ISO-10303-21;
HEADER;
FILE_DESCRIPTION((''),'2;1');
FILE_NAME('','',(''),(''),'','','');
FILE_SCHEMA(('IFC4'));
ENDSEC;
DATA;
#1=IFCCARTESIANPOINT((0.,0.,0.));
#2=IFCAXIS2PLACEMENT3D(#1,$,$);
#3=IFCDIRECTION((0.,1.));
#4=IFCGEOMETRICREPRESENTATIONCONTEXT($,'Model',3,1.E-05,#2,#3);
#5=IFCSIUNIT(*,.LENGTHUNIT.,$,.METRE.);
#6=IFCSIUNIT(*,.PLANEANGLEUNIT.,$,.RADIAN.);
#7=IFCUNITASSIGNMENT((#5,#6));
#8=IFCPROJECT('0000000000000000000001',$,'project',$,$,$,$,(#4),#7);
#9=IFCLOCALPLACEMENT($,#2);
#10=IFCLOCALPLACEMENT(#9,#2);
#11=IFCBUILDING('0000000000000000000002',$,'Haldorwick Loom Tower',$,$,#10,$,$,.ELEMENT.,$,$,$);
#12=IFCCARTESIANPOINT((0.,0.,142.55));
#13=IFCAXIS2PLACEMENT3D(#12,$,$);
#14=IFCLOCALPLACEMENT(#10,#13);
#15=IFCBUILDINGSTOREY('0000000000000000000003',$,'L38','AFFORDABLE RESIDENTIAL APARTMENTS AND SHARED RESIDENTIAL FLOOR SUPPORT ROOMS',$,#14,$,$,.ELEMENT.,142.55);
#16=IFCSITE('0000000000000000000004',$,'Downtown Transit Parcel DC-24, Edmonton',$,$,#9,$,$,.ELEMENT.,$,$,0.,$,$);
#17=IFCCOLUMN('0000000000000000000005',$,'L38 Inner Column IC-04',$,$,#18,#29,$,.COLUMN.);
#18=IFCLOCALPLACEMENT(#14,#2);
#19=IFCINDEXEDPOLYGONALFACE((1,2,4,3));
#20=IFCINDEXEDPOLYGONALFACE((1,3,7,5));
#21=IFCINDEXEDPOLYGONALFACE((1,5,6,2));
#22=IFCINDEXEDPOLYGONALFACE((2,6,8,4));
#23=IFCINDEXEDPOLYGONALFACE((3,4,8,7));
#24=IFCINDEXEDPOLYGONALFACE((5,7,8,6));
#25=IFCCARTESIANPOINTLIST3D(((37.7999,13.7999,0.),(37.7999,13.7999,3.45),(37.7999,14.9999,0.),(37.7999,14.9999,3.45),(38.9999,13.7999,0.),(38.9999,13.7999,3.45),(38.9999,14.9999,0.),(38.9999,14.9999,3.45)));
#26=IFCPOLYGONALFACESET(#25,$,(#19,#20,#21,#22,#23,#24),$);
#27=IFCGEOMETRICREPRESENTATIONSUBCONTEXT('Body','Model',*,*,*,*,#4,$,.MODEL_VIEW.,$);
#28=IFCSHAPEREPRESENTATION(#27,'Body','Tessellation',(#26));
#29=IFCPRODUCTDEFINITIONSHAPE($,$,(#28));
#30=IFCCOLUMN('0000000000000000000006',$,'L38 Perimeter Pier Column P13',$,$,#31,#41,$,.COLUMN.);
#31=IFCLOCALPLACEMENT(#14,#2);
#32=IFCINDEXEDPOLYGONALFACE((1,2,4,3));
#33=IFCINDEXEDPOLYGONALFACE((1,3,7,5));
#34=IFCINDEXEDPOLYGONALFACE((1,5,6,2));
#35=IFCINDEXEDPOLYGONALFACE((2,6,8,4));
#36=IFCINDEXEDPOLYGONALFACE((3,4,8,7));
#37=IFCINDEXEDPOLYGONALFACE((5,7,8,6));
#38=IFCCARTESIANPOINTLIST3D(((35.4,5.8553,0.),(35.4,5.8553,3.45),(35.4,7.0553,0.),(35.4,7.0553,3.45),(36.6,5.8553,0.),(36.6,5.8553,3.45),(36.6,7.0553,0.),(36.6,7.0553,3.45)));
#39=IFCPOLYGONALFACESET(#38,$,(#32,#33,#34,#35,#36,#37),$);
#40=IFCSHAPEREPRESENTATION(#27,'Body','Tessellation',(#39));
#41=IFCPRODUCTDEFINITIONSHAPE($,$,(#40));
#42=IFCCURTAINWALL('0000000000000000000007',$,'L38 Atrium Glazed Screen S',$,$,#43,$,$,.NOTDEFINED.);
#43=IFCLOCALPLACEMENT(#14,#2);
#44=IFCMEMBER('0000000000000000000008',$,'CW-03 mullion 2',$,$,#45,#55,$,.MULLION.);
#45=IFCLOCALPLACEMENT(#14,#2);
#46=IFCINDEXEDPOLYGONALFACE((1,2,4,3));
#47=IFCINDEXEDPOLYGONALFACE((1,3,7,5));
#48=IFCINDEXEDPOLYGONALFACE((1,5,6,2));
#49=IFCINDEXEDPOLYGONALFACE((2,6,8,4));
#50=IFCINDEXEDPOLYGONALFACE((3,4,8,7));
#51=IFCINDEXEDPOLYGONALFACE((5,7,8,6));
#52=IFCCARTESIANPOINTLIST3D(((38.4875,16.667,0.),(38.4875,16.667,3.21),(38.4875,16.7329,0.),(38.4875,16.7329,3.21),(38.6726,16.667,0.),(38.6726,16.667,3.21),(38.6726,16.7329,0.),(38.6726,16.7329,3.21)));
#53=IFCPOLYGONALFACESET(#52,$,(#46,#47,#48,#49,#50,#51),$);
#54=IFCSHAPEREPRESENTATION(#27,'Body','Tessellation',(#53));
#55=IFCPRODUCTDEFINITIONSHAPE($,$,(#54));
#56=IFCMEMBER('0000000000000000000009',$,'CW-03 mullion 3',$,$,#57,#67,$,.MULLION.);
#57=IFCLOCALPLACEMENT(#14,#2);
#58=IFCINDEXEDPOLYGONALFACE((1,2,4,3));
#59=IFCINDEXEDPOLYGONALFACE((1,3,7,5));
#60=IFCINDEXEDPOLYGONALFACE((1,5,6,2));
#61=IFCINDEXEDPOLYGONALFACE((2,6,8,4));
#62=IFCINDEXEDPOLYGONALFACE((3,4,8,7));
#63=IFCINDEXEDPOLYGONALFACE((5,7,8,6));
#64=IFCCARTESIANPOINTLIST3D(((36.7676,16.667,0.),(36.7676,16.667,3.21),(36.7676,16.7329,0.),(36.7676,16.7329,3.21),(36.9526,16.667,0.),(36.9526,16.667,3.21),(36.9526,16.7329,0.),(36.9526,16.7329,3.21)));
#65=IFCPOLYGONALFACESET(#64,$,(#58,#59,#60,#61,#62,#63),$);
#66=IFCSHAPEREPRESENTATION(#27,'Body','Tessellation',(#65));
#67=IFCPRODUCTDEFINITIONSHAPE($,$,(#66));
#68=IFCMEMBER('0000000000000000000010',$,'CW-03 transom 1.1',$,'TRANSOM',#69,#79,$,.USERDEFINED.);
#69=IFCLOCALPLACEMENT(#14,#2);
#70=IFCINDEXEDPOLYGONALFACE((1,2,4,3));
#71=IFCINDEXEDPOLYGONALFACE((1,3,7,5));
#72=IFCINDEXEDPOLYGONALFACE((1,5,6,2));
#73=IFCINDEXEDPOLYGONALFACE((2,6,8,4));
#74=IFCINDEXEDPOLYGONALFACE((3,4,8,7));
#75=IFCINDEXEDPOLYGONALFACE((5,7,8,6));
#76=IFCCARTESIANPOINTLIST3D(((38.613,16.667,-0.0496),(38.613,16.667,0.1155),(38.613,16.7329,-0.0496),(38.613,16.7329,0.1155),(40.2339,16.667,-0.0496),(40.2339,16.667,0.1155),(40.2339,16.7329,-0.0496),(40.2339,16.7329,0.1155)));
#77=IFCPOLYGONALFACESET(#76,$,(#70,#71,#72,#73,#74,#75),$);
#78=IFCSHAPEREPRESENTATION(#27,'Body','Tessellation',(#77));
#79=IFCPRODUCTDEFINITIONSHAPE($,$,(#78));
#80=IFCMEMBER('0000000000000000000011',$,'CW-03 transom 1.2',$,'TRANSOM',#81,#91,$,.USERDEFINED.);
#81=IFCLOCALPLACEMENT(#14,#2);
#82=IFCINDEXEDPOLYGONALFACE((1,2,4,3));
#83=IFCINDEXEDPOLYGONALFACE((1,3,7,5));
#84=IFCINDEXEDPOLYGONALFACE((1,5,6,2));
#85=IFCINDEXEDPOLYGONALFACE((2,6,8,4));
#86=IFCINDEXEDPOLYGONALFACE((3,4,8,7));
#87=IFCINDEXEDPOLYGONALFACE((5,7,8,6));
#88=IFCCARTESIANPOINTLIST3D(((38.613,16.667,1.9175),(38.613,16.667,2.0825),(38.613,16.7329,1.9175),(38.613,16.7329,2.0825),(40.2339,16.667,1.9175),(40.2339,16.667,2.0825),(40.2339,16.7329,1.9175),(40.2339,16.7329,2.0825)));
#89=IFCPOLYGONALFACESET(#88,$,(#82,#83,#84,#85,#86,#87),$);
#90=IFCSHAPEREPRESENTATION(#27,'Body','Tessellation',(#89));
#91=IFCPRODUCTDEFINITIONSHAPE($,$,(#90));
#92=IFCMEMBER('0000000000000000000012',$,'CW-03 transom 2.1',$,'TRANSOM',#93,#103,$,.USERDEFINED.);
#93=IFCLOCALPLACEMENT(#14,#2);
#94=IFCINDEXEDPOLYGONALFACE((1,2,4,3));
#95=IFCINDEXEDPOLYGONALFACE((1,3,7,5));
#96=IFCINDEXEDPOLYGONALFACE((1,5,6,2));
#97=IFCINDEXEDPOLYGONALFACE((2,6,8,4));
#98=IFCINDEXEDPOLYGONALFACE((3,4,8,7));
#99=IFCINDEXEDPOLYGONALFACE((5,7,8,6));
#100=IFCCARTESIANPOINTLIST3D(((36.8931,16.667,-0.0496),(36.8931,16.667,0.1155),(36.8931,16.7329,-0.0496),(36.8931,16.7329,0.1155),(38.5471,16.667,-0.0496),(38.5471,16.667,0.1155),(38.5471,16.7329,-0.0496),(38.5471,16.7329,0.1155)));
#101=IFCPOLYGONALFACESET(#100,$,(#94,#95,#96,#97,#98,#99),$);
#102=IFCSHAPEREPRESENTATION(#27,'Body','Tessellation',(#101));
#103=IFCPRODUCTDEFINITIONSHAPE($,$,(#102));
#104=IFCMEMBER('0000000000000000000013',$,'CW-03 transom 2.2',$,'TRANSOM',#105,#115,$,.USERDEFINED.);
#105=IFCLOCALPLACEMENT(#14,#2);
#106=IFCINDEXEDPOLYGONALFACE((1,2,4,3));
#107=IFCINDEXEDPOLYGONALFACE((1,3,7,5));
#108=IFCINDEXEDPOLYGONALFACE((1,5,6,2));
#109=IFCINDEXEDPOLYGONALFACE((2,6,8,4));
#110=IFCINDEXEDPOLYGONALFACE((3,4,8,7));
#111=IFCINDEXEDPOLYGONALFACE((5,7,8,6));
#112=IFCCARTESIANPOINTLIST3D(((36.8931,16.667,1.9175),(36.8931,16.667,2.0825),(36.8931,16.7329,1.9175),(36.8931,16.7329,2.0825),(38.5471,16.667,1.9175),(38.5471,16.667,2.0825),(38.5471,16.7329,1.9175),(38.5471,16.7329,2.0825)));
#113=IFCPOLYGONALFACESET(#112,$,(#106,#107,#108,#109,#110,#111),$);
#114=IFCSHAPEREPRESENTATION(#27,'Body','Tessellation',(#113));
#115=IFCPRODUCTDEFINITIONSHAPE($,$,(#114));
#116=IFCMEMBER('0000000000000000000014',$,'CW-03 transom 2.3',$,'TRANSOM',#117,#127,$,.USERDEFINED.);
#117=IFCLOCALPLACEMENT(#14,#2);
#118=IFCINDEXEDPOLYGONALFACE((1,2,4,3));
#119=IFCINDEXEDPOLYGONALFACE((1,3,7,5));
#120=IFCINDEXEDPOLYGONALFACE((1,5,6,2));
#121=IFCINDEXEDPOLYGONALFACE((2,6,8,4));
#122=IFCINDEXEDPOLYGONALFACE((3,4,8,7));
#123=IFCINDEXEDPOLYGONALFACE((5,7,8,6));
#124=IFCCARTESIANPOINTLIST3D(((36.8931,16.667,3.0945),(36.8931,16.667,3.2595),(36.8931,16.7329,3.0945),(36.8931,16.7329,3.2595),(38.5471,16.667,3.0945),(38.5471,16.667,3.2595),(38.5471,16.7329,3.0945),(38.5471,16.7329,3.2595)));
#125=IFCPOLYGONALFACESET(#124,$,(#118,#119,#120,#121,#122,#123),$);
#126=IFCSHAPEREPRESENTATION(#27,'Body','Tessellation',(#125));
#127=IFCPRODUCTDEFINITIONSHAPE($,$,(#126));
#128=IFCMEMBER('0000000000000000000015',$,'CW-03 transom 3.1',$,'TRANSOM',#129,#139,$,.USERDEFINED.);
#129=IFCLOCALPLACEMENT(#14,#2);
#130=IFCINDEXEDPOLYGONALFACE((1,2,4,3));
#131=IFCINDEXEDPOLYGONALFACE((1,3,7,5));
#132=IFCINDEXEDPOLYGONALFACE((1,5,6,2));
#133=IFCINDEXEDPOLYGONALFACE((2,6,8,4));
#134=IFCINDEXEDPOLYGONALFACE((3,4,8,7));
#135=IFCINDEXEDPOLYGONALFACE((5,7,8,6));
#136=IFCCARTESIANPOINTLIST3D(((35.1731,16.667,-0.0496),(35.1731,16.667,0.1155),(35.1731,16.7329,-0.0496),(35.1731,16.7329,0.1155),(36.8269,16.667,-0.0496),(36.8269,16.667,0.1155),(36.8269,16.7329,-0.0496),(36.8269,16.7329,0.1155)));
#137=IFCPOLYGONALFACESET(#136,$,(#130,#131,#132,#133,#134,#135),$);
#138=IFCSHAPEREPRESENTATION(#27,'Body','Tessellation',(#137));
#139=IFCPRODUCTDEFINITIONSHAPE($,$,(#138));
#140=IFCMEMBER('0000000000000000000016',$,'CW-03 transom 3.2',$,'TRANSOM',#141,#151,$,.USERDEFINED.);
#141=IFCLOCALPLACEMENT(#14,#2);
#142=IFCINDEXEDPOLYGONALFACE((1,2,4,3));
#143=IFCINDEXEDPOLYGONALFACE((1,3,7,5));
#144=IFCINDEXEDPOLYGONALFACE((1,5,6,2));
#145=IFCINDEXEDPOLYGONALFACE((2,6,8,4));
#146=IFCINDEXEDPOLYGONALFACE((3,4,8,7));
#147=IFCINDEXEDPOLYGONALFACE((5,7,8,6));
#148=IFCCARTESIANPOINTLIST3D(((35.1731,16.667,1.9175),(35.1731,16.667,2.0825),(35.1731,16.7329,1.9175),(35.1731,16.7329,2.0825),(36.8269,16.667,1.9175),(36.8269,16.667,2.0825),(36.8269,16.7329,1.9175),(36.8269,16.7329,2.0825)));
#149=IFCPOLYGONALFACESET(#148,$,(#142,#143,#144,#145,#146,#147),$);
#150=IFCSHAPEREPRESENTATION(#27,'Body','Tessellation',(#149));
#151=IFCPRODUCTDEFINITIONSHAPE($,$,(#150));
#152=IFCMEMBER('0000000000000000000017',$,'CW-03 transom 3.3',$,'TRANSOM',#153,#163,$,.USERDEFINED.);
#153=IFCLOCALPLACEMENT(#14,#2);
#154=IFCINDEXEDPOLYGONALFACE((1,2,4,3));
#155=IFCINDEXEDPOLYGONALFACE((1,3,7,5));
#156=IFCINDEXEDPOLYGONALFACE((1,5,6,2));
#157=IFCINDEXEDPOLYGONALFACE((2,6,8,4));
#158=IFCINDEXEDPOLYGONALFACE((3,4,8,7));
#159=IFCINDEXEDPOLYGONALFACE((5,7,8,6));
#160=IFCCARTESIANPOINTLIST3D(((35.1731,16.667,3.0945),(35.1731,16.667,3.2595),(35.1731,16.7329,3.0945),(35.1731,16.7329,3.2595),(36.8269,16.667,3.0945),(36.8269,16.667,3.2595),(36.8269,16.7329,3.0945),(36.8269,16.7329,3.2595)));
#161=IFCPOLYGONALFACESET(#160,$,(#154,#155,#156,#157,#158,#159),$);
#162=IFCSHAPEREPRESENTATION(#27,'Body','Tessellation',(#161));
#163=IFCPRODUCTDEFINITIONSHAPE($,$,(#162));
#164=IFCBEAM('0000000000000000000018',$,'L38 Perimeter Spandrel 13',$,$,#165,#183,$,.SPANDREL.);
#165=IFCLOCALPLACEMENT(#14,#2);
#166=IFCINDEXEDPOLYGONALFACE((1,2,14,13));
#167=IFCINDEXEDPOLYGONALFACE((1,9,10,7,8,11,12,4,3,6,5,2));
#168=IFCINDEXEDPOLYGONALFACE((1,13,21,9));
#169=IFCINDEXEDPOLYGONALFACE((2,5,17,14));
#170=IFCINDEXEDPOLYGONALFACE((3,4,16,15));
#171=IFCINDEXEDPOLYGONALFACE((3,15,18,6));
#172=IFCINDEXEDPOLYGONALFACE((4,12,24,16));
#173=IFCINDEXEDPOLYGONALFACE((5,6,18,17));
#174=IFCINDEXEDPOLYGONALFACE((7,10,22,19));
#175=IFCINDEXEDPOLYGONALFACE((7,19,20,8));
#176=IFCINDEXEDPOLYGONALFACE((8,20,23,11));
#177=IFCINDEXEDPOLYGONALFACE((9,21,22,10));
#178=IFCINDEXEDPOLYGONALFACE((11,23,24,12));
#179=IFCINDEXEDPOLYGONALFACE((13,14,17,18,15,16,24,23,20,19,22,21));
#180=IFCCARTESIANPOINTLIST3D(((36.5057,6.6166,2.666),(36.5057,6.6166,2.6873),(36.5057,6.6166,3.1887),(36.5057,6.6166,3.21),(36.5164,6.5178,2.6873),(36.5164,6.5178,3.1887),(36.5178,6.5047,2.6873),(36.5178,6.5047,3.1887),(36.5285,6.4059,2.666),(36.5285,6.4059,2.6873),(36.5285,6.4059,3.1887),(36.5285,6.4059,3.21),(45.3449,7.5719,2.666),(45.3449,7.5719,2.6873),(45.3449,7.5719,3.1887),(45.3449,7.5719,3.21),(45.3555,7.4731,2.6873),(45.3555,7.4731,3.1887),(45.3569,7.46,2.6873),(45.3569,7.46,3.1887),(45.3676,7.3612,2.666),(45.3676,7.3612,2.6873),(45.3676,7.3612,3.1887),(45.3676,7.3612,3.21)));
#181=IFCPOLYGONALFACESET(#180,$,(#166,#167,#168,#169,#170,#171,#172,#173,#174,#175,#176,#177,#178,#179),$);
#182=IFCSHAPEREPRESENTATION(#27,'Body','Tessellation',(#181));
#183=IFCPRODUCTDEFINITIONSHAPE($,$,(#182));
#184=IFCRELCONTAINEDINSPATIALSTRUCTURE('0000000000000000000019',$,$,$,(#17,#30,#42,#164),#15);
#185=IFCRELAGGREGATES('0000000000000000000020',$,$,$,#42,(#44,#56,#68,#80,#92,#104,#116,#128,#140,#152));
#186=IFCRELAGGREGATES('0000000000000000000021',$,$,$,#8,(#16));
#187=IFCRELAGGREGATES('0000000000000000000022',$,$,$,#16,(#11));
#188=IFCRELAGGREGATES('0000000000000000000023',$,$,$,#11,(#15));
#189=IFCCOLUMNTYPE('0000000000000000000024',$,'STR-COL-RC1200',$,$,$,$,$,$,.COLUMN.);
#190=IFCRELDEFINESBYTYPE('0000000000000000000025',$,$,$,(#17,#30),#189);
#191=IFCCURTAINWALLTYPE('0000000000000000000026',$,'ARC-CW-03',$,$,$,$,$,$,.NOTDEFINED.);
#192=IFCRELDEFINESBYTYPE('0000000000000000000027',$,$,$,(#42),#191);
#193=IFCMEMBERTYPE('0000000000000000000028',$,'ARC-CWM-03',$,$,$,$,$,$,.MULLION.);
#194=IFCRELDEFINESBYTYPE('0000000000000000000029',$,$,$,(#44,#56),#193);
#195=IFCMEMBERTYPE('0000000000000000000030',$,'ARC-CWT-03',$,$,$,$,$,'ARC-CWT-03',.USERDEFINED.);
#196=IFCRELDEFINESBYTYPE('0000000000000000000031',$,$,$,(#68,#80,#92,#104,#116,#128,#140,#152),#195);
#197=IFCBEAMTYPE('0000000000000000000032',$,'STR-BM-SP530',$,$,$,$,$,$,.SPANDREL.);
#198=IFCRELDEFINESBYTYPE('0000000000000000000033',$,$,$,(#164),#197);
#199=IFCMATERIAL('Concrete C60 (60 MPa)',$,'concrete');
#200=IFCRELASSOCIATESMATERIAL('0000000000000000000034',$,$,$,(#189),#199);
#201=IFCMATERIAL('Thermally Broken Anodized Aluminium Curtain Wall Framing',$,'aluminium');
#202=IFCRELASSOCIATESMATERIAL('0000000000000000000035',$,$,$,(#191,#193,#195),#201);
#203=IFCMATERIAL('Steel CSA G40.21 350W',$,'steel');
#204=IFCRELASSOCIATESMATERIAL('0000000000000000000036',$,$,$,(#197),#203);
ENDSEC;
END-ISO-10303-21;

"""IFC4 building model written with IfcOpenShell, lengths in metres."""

from ifc_helpers import new_model, si_unit, direction, frame, origin, origin_2d, place, context, subcontext, project, spatial, rectangle, i_section, extrude, material, material_profile, profile_set, type_object, element, aggregate, save


model = new_model("IFC4")

# Units and contexts
model_context = context("Model", 3, precision=1e-05, world=origin(), true_north=direction((0.0, 1.0)))
body_context = subcontext(model_context, "Body", "Model", "MODEL_VIEW")
ifc_project = project(units=[si_unit("LENGTHUNIT", "METRE"), si_unit("PLANEANGLEUNIT", "RADIAN")], contexts=[model_context])

# Site, building, storey
site_placement = place(None, origin())
site = spatial("IfcSite", under=ifc_project, at=site_placement, Name="Downtown Transit Parcel DC-24, Edmonton", CompositionType="ELEMENT", RefElevation=0.0)
building_placement = place(site_placement, origin())
building = spatial("IfcBuilding", under=site, at=building_placement, Name="Haldorwick Loom Tower", CompositionType="ELEMENT")
storey_placement = place(building_placement, frame((0.0, 0.0, 142.55)))
storey = spatial("IfcBuildingStorey", under=building, at=storey_placement, Name="L38", Description="AFFORDABLE RESIDENTIAL APARTMENTS AND SHARED RESIDENTIAL FLOOR SUPPORT ROOMS", CompositionType="ELEMENT", Elevation=142.55)

# Columns
ifc_material_1 = material(Name="Concrete C60 (60 MPa)", Category="concrete")
ifc_material_profile_1 = material_profile(ifc_material_1, rectangle(XDim=1.2, YDim=1.2, at=origin_2d()), Name="RC1200X1200", Category="concrete")
ifc_profile_set_1 = profile_set([ifc_material_profile_1], Name="Concrete C60 (60 MPa)")
column_type = type_object("IfcColumnType", Name="STR-COL-RC1200", PredefinedType="COLUMN", material=ifc_profile_set_1)
for number, where, z_axis, x_axis, name in (
    (1, (38.3999, 14.3999, 0.0), (0.0, 0.0, 1.0), (1.0, 0.0, 0.0), "L38 Inner Column IC-04"),
    (2, (36.0, 6.4553, 0.0), (0.0, 0.0, 1.0), (0.0, -1.0, 0.0), "L38 Perimeter Pier Column P13"),
):
    element("IfcColumn", number, at=place(storey_placement, frame(where, z_axis=z_axis, x_axis=x_axis)), inside=storey, type_object=column_type, Name=name, PredefinedType="COLUMN", context=body_context, shape_type="SweptSolid", body=[
        extrude(rectangle(XDim=1.2, YDim=1.2, at=origin_2d()), origin(), (0.0, 0.0, 1.0), 3.45),
    ])

# Curtain wall, members
ifc_material_2 = material(Name="Thermally Broken Anodized Aluminium Curtain Wall Framing", Category="aluminium")
curtain_wall_type = type_object("IfcCurtainWallType", Name="ARC-CW-03", PredefinedType="NOTDEFINED", material=ifc_material_2)
curtain_wall_placement = place(storey_placement, origin())
curtain_wall = element("IfcCurtainWall", 3, at=curtain_wall_placement, inside=storey, type_object=curtain_wall_type, Name="L38 Atrium Glazed Screen S", PredefinedType="NOTDEFINED")
ifc_material_profile_2 = material_profile(ifc_material_2, rectangle(XDim=0.0659, YDim=0.1851, at=origin_2d()), Name="ALU_MUL_66X185", Category="aluminium")
ifc_profile_set_2 = profile_set([ifc_material_profile_2], Name="Thermally Broken Anodized Aluminium Curtain Wall Framing")
member_type_1 = type_object("IfcMemberType", Name="ARC-CWM-03", PredefinedType="MULLION", material=ifc_profile_set_2)
member_1_placement = place(storey_placement, frame((38.5801, 16.7, 0.0), z_axis=(0.0, 0.0, 1.0), x_axis=(0.0, -1.0, 0.0)))
member_1 = element("IfcMember", 4, at=member_1_placement, type_object=member_type_1, Name="CW-03 mullion 2", PredefinedType="MULLION", context=body_context, shape_type="SweptSolid", body=[
    extrude(rectangle(XDim=0.0659, YDim=0.1851, at=origin_2d()), origin(), (0.0, 0.0, 1.0), 3.21),
])
member_2_placement = place(storey_placement, frame((36.8601, 16.7, 0.0), z_axis=(0.0, 0.0, 1.0), x_axis=(0.0, -1.0, 0.0)))
member_2 = element("IfcMember", 5, at=member_2_placement, type_object=member_type_1, Name="CW-03 mullion 3", PredefinedType="MULLION", context=body_context, shape_type="SweptSolid", body=[
    extrude(rectangle(XDim=0.0659, YDim=0.1851, at=origin_2d()), origin(), (0.0, 0.0, 1.0), 3.21),
])
ifc_material_profile_3 = material_profile(ifc_material_2, rectangle(XDim=0.0659, YDim=0.165, at=origin_2d()), Name="ALU_TRN_66X165", Category="aluminium")
ifc_profile_set_3 = profile_set([ifc_material_profile_3], Name="Thermally Broken Anodized Aluminium Curtain Wall Framing")
member_type_2 = type_object("IfcMemberType", Name="ARC-CWT-03", ElementType="ARC-CWT-03", PredefinedType="USERDEFINED", material=ifc_profile_set_3)
member_3_placement = place(storey_placement, frame((40.2339, 16.7, 0.033), z_axis=(-1.0, 0.0, 0.0), x_axis=(0.0, -1.0, 0.0)))
member_3 = element("IfcMember", 6, at=member_3_placement, type_object=member_type_2, Name="CW-03 transom 1.1", ObjectType="TRANSOM", PredefinedType="USERDEFINED", context=body_context, shape_type="SweptSolid", body=[
    extrude(rectangle(XDim=0.0659, YDim=0.165, at=origin_2d()), origin(), (0.0, 0.0, 1.0), 1.6208),
])
member_4_placement = place(storey_placement, frame((40.2339, 16.7, 2.0), z_axis=(-1.0, 0.0, 0.0), x_axis=(0.0, -1.0, 0.0)))
member_4 = element("IfcMember", 7, at=member_4_placement, type_object=member_type_2, Name="CW-03 transom 1.2", ObjectType="TRANSOM", PredefinedType="USERDEFINED", context=body_context, shape_type="SweptSolid", body=[
    extrude(rectangle(XDim=0.0659, YDim=0.165, at=origin_2d()), origin(), (0.0, 0.0, 1.0), 1.6208),
])
member_5_placement = place(storey_placement, frame((38.5471, 16.7, 0.033), z_axis=(-1.0, 0.0, 0.0), x_axis=(0.0, -1.0, 0.0)))
member_5 = element("IfcMember", 8, at=member_5_placement, type_object=member_type_2, Name="CW-03 transom 2.1", ObjectType="TRANSOM", PredefinedType="USERDEFINED", context=body_context, shape_type="SweptSolid", body=[
    extrude(rectangle(XDim=0.0659, YDim=0.165, at=origin_2d()), origin(), (0.0, 0.0, 1.0), 1.6541),
])
member_6_placement = place(storey_placement, frame((38.5471, 16.7, 2.0), z_axis=(-1.0, 0.0, 0.0), x_axis=(0.0, -1.0, 0.0)))
member_6 = element("IfcMember", 9, at=member_6_placement, type_object=member_type_2, Name="CW-03 transom 2.2", ObjectType="TRANSOM", PredefinedType="USERDEFINED", context=body_context, shape_type="SweptSolid", body=[
    extrude(rectangle(XDim=0.0659, YDim=0.165, at=origin_2d()), origin(), (0.0, 0.0, 1.0), 1.6541),
])
member_7_placement = place(storey_placement, frame((38.5471, 16.7, 3.177), z_axis=(-1.0, 0.0, 0.0), x_axis=(0.0, -1.0, 0.0)))
member_7 = element("IfcMember", 10, at=member_7_placement, type_object=member_type_2, Name="CW-03 transom 2.3", ObjectType="TRANSOM", PredefinedType="USERDEFINED", context=body_context, shape_type="SweptSolid", body=[
    extrude(rectangle(XDim=0.0659, YDim=0.165, at=origin_2d()), origin(), (0.0, 0.0, 1.0), 1.6541),
])
member_8_placement = place(storey_placement, frame((36.8269, 16.7, 0.033), z_axis=(-1.0, 0.0, 0.0), x_axis=(0.0, -1.0, 0.0)))
member_8 = element("IfcMember", 11, at=member_8_placement, type_object=member_type_2, Name="CW-03 transom 3.1", ObjectType="TRANSOM", PredefinedType="USERDEFINED", context=body_context, shape_type="SweptSolid", body=[
    extrude(rectangle(XDim=0.0659, YDim=0.165, at=origin_2d()), origin(), (0.0, 0.0, 1.0), 1.6538),
])
member_9_placement = place(storey_placement, frame((36.8269, 16.7, 2.0), z_axis=(-1.0, 0.0, 0.0), x_axis=(0.0, -1.0, 0.0)))
member_9 = element("IfcMember", 12, at=member_9_placement, type_object=member_type_2, Name="CW-03 transom 3.2", ObjectType="TRANSOM", PredefinedType="USERDEFINED", context=body_context, shape_type="SweptSolid", body=[
    extrude(rectangle(XDim=0.0659, YDim=0.165, at=origin_2d()), origin(), (0.0, 0.0, 1.0), 1.6538),
])
member_10_placement = place(storey_placement, frame((36.8269, 16.7, 3.177), z_axis=(-1.0, 0.0, 0.0), x_axis=(0.0, -1.0, 0.0)))
member_10 = element("IfcMember", 13, at=member_10_placement, type_object=member_type_2, Name="CW-03 transom 3.3", ObjectType="TRANSOM", PredefinedType="USERDEFINED", context=body_context, shape_type="SweptSolid", body=[
    extrude(rectangle(XDim=0.0659, YDim=0.165, at=origin_2d()), origin(), (0.0, 0.0, 1.0), 1.6538),
])

# Beam
ifc_material_3 = material(Name="Steel CSA G40.21 350W", Category="steel")
ifc_material_profile_4 = material_profile(ifc_material_3, i_section(OverallWidth=0.2119, OverallDepth=0.5439, WebThickness=0.0132, FlangeThickness=0.0212, at=origin_2d()), Name="W530X123", Category="steel")
ifc_profile_set_4 = profile_set([ifc_material_profile_4], Name="Steel CSA G40.21 350W")
beam_type_1 = type_object("IfcBeamType", Name="STR-BM-SP530", PredefinedType="SPANDREL", material=ifc_profile_set_4)
beam_1_placement = place(storey_placement, frame((36.5171, 6.5112, 2.938), z_axis=(0.99421, 0.107453, 0.0), x_axis=(-0.107453, 0.99421, 0.0)))
element("IfcBeam", 14, at=beam_1_placement, inside=storey, type_object=beam_type_1, Name="L38 Perimeter Spandrel 13", PredefinedType="SPANDREL", context=body_context, shape_type="SweptSolid", body=[
    extrude(i_section(OverallWidth=0.2119, OverallDepth=0.5439, WebThickness=0.0132, FlangeThickness=0.0212, at=origin_2d()), origin(), (0.0, 0.0, 1.0), 8.8906),
])

aggregate(curtain_wall, [member_1, member_2, member_3, member_4, member_5, member_6, member_7, member_8, member_9, member_10])

save(model, "model.ifc")
